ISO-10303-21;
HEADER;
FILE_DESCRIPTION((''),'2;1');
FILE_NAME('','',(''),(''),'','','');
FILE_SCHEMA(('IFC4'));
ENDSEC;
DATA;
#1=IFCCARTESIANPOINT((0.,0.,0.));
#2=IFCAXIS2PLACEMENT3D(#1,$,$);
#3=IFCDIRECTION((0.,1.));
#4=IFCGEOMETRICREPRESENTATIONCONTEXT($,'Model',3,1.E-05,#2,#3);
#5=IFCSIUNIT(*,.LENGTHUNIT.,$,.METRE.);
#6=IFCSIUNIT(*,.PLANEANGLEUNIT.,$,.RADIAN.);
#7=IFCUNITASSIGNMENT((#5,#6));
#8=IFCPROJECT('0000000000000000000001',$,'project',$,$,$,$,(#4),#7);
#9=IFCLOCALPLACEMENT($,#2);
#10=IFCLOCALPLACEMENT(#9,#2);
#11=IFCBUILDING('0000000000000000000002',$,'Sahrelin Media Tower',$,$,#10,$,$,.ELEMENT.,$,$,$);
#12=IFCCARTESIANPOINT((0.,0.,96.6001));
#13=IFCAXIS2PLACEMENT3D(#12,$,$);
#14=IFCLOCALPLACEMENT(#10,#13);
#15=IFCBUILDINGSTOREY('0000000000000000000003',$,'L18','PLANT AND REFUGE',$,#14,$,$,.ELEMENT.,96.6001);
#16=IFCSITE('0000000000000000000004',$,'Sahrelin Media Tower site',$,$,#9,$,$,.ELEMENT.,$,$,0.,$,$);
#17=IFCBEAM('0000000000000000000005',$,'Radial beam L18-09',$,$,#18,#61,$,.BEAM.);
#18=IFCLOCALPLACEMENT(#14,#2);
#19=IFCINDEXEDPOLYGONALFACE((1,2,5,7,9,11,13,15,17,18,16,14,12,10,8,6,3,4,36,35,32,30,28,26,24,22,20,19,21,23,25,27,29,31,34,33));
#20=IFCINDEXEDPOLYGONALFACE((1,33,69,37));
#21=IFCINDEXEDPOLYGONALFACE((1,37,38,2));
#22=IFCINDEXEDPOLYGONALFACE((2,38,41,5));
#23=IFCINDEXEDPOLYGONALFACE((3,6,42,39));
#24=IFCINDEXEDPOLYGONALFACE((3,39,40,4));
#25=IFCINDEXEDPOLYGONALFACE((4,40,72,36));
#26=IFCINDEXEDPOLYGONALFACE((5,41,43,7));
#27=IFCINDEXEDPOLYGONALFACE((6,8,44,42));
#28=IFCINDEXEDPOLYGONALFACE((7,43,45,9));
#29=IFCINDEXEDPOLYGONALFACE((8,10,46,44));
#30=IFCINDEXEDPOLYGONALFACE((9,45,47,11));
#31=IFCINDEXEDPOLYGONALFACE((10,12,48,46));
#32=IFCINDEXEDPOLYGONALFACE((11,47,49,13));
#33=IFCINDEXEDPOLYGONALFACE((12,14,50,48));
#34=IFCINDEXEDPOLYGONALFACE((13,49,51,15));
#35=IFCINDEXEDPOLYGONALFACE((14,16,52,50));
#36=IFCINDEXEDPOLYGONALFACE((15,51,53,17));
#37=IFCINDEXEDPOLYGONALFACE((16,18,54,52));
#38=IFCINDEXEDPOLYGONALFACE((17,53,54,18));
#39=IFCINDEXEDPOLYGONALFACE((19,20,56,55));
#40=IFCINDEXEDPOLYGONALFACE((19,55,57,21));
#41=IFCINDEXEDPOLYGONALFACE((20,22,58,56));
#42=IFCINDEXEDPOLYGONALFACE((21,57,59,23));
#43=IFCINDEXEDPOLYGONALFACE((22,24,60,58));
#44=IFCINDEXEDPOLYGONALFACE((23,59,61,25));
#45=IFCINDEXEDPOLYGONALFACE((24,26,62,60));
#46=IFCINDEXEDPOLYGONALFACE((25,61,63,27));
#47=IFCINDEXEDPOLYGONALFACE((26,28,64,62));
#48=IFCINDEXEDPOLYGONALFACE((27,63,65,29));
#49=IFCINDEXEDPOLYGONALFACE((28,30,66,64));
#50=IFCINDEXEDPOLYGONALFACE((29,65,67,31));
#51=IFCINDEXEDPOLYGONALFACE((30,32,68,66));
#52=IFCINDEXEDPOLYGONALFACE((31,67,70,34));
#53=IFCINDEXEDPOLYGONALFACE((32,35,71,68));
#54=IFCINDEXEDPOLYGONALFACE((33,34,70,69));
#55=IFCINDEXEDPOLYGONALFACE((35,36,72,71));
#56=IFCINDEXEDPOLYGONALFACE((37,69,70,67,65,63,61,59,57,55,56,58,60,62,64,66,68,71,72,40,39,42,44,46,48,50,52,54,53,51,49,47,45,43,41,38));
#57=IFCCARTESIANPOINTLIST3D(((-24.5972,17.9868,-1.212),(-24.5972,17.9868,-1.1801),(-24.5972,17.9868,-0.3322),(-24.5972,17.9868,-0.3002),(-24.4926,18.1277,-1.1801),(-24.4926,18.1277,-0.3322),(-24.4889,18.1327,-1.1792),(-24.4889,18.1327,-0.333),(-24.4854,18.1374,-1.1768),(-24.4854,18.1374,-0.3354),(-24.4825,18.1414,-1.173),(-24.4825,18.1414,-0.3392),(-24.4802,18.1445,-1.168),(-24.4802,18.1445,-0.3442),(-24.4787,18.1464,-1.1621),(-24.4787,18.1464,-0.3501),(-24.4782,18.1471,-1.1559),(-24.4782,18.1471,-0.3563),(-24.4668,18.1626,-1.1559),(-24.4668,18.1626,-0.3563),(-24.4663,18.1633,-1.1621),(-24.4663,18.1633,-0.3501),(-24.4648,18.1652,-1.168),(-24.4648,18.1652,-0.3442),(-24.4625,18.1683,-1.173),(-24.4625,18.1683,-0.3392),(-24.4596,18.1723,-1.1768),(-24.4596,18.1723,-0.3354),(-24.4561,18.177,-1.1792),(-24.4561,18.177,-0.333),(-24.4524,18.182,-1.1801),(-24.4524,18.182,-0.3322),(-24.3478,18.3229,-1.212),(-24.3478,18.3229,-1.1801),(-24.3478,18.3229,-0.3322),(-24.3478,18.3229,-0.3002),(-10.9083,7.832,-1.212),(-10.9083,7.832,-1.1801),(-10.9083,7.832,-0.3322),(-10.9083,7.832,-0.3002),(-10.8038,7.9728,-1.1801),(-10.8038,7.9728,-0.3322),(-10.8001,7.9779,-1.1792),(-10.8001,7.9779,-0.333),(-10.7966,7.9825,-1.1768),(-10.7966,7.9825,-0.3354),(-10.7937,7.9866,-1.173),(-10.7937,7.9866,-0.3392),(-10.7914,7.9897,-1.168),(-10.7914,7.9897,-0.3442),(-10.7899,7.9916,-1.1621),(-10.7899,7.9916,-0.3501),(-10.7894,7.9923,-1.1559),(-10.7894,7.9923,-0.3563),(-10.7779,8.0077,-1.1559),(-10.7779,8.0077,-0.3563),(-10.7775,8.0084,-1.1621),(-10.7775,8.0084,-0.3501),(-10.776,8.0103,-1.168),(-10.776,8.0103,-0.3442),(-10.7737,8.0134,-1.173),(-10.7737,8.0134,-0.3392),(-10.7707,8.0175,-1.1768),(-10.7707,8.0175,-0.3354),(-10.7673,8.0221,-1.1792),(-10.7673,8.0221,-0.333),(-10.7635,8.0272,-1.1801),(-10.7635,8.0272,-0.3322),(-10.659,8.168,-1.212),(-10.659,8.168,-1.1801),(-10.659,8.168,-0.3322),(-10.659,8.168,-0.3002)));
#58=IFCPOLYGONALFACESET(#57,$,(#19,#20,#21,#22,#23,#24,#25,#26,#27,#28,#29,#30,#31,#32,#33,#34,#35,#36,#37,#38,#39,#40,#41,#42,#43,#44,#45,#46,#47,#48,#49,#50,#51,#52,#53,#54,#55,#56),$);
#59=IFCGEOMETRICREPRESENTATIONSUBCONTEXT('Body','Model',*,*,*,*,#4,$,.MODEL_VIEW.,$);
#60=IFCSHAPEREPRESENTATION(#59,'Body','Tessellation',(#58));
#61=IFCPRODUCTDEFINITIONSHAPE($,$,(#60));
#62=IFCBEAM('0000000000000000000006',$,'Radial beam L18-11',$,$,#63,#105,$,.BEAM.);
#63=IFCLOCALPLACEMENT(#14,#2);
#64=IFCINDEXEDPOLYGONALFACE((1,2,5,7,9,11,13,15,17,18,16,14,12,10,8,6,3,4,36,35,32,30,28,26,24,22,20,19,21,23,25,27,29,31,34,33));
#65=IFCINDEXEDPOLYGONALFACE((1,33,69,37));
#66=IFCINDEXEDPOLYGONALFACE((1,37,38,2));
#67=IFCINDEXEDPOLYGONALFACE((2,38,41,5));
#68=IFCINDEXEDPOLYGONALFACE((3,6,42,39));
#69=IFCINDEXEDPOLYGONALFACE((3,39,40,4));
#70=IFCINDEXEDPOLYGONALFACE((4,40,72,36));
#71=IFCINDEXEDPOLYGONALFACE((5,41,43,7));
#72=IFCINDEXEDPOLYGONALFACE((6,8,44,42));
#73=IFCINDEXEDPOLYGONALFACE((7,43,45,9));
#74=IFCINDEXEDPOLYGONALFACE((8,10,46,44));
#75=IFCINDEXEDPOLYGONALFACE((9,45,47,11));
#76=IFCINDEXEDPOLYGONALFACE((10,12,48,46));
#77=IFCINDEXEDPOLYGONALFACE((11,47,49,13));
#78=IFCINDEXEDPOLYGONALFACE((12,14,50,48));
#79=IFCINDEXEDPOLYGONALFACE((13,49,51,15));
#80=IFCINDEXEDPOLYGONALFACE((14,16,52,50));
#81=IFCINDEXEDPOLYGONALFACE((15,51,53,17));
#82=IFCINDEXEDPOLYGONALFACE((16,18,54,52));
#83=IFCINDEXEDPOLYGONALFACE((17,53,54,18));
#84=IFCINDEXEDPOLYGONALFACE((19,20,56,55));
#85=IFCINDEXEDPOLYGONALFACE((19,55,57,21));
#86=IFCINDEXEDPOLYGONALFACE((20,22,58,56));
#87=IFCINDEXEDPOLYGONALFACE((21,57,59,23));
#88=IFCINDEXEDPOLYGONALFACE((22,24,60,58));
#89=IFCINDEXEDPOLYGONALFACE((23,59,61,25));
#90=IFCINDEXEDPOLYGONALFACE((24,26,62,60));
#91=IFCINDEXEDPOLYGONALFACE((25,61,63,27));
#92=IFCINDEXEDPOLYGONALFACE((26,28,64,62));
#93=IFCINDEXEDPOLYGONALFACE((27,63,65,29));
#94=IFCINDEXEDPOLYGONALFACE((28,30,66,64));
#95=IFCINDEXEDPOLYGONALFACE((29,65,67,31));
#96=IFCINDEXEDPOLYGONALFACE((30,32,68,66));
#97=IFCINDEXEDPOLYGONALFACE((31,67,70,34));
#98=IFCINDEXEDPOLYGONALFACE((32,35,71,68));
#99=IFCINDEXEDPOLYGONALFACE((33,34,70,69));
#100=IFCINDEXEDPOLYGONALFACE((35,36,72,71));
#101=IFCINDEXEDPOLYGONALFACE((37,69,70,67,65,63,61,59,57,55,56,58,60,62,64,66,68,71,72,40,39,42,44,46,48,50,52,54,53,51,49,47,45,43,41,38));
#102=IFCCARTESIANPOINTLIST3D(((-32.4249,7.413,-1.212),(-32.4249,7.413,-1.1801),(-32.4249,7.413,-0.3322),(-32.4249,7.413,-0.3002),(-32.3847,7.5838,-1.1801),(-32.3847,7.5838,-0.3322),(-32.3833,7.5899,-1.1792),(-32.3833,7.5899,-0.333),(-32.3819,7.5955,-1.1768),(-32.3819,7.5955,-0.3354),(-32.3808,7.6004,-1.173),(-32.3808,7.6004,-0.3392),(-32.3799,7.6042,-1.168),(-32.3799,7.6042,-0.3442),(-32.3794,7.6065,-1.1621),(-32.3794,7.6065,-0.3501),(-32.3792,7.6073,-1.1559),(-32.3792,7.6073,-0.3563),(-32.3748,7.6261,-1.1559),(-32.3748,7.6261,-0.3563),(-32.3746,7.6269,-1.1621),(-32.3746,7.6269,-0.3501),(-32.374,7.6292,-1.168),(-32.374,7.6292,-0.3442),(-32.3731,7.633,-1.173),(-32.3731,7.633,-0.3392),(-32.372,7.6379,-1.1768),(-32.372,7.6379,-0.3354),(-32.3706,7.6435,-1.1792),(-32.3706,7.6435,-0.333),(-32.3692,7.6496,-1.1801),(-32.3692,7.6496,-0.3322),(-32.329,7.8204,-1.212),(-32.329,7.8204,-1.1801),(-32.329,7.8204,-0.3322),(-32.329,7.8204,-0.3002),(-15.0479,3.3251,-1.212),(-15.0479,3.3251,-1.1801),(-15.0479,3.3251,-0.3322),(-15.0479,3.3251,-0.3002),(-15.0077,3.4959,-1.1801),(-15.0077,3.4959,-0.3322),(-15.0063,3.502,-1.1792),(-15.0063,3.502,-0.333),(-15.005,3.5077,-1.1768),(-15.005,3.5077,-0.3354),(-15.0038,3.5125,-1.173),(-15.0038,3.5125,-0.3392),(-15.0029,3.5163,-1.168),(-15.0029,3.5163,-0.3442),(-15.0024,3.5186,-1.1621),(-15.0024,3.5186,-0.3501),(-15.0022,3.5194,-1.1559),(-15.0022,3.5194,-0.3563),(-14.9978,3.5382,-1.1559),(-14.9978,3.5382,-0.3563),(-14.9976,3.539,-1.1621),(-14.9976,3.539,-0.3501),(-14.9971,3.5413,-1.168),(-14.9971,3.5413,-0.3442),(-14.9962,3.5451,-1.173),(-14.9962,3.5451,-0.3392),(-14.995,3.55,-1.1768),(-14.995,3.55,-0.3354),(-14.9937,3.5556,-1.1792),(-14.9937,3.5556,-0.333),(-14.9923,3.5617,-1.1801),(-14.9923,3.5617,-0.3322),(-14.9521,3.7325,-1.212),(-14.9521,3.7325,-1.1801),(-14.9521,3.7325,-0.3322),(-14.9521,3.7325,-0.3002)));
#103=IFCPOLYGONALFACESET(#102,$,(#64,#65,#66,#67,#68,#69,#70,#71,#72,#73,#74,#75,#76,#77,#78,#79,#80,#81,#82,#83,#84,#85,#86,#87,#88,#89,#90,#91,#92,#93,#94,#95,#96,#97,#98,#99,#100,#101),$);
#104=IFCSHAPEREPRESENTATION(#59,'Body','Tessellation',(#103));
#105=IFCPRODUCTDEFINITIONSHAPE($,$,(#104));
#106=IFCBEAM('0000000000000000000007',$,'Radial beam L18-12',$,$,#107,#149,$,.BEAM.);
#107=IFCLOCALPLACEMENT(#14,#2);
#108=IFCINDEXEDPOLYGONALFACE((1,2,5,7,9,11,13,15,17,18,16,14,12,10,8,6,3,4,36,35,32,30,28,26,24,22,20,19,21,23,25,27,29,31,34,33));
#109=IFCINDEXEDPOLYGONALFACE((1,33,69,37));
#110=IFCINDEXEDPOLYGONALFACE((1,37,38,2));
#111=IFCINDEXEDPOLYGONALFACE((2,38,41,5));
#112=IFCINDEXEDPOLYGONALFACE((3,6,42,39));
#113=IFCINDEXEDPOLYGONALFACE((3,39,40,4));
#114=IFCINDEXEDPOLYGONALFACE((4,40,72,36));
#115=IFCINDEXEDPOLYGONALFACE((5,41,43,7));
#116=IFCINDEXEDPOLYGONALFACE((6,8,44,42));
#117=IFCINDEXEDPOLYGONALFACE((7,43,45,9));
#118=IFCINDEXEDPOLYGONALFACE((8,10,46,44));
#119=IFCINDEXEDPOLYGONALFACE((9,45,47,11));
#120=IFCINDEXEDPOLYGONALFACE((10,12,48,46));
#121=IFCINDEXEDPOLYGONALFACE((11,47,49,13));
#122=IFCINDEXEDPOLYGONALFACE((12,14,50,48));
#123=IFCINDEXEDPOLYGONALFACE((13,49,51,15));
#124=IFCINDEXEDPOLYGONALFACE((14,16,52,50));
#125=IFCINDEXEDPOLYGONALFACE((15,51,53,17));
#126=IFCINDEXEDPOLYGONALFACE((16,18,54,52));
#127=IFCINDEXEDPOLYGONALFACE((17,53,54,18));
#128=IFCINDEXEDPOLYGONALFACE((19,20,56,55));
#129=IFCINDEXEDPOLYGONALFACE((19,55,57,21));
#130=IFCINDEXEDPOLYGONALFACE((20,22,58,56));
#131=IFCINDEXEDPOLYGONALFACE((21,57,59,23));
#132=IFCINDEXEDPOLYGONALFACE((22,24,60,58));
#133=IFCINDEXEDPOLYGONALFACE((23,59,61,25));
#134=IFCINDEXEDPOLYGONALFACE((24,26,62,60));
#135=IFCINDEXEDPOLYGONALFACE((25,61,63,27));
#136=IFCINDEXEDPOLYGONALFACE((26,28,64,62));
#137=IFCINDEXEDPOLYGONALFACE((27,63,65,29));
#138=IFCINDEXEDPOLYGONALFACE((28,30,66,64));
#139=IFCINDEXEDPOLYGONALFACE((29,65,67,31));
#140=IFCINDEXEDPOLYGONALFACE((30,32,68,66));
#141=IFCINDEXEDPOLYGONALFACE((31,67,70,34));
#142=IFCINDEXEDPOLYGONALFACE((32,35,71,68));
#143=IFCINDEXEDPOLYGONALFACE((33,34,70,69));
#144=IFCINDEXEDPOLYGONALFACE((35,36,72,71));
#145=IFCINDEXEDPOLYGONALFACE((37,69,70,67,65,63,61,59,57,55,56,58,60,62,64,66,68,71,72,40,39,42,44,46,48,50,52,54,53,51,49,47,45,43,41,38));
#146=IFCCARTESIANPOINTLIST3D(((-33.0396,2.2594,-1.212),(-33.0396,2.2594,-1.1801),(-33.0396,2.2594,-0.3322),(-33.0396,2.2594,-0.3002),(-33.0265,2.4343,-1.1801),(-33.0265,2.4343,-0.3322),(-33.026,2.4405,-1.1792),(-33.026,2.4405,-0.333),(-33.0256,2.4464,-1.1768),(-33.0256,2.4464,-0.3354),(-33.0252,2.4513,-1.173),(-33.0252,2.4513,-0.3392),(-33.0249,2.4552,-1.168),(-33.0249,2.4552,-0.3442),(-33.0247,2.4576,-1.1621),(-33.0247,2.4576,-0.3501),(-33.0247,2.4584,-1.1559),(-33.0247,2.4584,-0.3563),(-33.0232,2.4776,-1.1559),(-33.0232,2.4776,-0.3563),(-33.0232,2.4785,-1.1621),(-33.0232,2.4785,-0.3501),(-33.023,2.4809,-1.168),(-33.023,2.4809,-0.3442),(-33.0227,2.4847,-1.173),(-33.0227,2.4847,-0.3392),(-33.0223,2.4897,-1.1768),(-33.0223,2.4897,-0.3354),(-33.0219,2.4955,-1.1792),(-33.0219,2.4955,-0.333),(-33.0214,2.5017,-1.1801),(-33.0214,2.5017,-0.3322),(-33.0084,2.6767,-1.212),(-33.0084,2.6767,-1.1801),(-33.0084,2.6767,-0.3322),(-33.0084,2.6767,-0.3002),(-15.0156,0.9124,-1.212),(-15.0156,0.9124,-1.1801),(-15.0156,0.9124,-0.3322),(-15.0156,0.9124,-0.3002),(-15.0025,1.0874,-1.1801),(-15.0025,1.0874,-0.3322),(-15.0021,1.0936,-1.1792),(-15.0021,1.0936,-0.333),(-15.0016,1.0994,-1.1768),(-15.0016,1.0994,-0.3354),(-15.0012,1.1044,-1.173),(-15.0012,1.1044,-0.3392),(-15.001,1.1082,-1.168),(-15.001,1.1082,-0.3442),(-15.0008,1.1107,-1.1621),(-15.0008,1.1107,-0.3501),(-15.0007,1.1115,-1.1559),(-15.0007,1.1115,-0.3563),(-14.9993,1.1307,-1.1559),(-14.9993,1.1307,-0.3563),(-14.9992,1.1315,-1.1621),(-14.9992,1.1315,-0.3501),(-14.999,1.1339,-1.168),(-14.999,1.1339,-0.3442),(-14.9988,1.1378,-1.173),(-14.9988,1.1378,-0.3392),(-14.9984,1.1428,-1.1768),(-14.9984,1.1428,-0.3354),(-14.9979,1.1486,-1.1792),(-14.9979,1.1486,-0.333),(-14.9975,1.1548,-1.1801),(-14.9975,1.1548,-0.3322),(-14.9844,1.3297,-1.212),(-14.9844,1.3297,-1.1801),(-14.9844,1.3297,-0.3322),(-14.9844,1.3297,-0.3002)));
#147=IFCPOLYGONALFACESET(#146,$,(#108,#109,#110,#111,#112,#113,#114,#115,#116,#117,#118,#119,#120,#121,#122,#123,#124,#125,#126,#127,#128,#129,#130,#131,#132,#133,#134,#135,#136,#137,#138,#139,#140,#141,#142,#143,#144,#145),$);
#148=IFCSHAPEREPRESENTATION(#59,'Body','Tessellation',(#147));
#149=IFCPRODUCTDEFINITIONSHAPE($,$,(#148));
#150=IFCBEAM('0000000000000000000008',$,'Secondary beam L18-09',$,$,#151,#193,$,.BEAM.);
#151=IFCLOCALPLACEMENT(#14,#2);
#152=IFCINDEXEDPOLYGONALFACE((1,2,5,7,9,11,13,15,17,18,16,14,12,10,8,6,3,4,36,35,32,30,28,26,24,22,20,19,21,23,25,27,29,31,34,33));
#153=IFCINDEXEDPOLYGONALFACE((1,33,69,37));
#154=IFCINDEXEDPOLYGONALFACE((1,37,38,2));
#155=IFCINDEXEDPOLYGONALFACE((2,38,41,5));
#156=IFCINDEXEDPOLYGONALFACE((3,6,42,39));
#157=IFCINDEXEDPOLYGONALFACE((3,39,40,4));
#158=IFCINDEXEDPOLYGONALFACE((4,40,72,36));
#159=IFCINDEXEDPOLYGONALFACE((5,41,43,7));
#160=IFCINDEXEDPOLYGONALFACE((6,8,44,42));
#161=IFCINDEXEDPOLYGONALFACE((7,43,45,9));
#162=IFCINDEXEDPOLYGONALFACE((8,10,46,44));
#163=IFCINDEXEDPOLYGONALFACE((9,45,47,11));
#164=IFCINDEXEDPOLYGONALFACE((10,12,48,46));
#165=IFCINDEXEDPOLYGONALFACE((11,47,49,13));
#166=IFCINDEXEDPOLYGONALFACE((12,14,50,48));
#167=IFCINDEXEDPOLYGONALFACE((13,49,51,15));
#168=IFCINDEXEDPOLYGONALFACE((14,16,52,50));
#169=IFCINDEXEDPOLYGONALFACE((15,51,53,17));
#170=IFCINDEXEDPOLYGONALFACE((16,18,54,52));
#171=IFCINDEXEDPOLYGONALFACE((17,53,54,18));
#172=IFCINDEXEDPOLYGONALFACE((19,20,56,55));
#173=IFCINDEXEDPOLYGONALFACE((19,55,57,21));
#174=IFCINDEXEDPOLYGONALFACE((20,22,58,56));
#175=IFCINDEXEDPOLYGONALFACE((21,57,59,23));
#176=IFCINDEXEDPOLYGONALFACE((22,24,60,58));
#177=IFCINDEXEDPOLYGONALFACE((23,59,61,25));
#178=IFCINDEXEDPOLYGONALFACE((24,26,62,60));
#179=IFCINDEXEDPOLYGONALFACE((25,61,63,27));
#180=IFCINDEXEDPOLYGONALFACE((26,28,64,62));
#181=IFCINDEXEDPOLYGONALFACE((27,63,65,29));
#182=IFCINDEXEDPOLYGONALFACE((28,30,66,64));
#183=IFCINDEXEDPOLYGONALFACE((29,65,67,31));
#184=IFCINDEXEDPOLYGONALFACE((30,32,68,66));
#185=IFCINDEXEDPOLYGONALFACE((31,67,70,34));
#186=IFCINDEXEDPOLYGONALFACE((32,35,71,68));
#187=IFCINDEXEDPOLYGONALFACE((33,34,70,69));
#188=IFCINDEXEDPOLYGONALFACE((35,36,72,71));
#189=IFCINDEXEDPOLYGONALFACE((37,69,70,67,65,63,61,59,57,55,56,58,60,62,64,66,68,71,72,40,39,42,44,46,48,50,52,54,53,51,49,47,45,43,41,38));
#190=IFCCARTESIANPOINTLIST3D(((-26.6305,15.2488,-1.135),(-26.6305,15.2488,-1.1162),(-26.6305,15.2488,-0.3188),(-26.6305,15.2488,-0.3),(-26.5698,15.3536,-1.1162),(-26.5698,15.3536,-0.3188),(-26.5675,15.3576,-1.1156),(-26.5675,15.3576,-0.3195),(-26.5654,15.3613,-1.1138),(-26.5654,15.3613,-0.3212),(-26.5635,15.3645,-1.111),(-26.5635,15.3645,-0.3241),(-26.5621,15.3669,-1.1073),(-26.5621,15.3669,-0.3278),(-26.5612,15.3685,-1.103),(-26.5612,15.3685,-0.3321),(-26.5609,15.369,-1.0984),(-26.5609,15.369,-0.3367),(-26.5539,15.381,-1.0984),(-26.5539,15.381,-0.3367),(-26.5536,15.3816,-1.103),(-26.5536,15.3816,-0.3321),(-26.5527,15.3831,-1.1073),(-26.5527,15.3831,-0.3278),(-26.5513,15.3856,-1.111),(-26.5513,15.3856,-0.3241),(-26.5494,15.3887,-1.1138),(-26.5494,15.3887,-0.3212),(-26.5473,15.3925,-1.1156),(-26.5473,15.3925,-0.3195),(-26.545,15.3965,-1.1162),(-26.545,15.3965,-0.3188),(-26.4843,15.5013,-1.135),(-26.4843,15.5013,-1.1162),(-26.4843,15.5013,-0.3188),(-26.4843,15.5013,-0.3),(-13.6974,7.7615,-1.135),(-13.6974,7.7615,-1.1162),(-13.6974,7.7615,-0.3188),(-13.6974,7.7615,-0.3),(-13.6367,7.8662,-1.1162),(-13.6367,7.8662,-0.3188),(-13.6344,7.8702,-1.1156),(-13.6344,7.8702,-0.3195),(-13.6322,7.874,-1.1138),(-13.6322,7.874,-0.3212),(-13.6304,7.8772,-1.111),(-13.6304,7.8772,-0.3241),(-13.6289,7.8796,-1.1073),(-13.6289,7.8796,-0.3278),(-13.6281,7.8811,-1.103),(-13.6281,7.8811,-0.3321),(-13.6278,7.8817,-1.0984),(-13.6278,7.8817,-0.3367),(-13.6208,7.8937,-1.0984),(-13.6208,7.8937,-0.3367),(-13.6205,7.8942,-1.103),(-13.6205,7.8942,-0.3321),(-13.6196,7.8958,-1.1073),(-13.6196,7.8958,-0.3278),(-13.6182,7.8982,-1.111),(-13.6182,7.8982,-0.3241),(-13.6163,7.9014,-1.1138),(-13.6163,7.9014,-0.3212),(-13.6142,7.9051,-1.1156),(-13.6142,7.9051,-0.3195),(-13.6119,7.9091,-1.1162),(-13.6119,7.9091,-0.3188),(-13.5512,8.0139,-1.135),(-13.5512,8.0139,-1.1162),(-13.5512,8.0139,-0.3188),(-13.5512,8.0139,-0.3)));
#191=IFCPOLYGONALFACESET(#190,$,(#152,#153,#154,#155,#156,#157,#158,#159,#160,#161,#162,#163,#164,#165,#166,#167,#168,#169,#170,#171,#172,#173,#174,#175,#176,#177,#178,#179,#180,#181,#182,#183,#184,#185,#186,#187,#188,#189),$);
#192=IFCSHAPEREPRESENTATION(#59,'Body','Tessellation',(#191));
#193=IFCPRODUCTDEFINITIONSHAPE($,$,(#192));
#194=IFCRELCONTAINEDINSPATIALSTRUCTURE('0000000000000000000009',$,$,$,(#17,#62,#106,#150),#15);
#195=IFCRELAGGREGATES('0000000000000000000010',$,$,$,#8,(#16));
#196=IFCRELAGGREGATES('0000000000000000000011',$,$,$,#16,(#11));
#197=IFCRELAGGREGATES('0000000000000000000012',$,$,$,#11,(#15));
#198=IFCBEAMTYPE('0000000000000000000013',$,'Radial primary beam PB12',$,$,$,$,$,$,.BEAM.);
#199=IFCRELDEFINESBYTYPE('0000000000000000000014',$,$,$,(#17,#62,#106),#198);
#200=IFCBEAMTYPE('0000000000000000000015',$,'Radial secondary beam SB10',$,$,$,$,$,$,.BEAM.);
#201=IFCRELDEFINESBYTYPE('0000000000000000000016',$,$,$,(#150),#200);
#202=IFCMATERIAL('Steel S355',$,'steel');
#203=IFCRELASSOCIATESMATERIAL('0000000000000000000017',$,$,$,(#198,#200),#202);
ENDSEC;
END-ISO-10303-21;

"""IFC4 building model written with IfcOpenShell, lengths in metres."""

from ifc_helpers import new_model, si_unit, direction, frame, origin, origin_2d, place, context, subcontext, project, spatial, i_section, extrude, material, material_profile, profile_set, type_object, element, save


model = new_model("IFC4")

# Units and contexts
model_context = context("Model", 3, precision=1e-05, world=origin(), true_north=direction((0.0, 1.0)))
body_context = subcontext(model_context, "Body", "Model", "MODEL_VIEW")
ifc_project = project(units=[si_unit("LENGTHUNIT", "METRE"), si_unit("PLANEANGLEUNIT", "RADIAN")], contexts=[model_context])

# Site, building, storey
site_placement = place(None, origin())
site = spatial("IfcSite", under=ifc_project, at=site_placement, Name="Sahrelin Media Tower site", CompositionType="ELEMENT", RefElevation=0.0)
building_placement = place(site_placement, origin())
building = spatial("IfcBuilding", under=site, at=building_placement, Name="Sahrelin Media Tower", CompositionType="ELEMENT")
storey_placement = place(building_placement, frame((0.0, 0.0, 96.6001)))
storey = spatial("IfcBuildingStorey", under=building, at=storey_placement, Name="L18", Description="PLANT AND REFUGE", CompositionType="ELEMENT", Elevation=96.6001)

# Beams
ifc_material_1 = material(Name="Steel S355", Category="steel")
ifc_material_profile_1 = material_profile(ifc_material_1, i_section(OverallWidth=0.4185, OverallDepth=0.9119, WebThickness=0.0193, FlangeThickness=0.032, FilletRadius=0.0242, at=origin_2d()), Name="UB 914x419x343")
ifc_profile_set_1 = profile_set([ifc_material_profile_1], Name="Steel S355")
beam_type_1 = type_object("IfcBeamType", Name="Radial primary beam PB12", PredefinedType="BEAM", material=ifc_profile_set_1)
beam_1_placement = place(storey_placement, frame((-10.7837, 8.0, -0.7561), z_axis=(-0.803136, 0.595795, 0.0), x_axis=(-0.595795, -0.803136, 0.0)))
element("IfcBeam", 1, at=beam_1_placement, inside=storey, type_object=beam_type_1, Name="Radial beam L18-09", PredefinedType="BEAM", context=body_context, shape_type="SweptSolid", body=[
    extrude(i_section(OverallWidth=0.4185, OverallDepth=0.9119, WebThickness=0.0193, FlangeThickness=0.032, FilletRadius=0.0242, at=origin_2d()), origin(), (0.0, 0.0, 1.0), 17.0442),
])
beam_2_placement = place(storey_placement, frame((-15.0, 3.5288, -0.7561), z_axis=(-0.973427, 0.228997, 0.0), x_axis=(-0.228997, -0.973427, 0.0)))
element("IfcBeam", 2, at=beam_2_placement, inside=storey, type_object=beam_type_1, Name="Radial beam L18-11", PredefinedType="BEAM", context=body_context, shape_type="SweptSolid", body=[
    extrude(i_section(OverallWidth=0.4185, OverallDepth=0.9119, WebThickness=0.0193, FlangeThickness=0.032, FilletRadius=0.0242, at=origin_2d()), origin(), (0.0, 0.0, 1.0), 17.8513),
])
beam_3_placement = place(storey_placement, frame((-15.0, 1.1211, -0.7561), z_axis=(-0.997219, 0.074522, 0.0), x_axis=(-0.074522, -0.997219, 0.0)))
element("IfcBeam", 3, at=beam_3_placement, inside=storey, type_object=beam_type_1, Name="Radial beam L18-12", PredefinedType="BEAM", context=body_context, shape_type="SweptSolid", body=[
    extrude(i_section(OverallWidth=0.4185, OverallDepth=0.9119, WebThickness=0.0193, FlangeThickness=0.032, FilletRadius=0.0242, at=origin_2d()), origin(), (0.0, 0.0, 1.0), 18.0742),
])
ifc_material_profile_2 = material_profile(ifc_material_1, i_section(OverallWidth=0.2917, OverallDepth=0.835, WebThickness=0.0139, FlangeThickness=0.0188, FilletRadius=0.0178, at=origin_2d()), Name="UB 838x292x176")
ifc_profile_set_2 = profile_set([ifc_material_profile_2], Name="Steel S355")
beam_type_2 = type_object("IfcBeamType", Name="Radial secondary beam SB10", PredefinedType="BEAM", material=ifc_profile_set_2)
beam_4_placement = place(storey_placement, frame((-13.6243, 7.8877, -0.7175), z_axis=(-0.865434, 0.501022, 0.0), x_axis=(-0.501022, -0.865434, 0.0)))
element("IfcBeam", 4, at=beam_4_placement, inside=storey, type_object=beam_type_2, Name="Secondary beam L18-09", PredefinedType="BEAM", context=body_context, shape_type="SweptSolid", body=[
    extrude(i_section(OverallWidth=0.2917, OverallDepth=0.835, WebThickness=0.0139, FlangeThickness=0.0188, FilletRadius=0.0178, at=origin_2d()), origin(), (0.0, 0.0, 1.0), 14.9441),
])

save(model, "model.ifc")
